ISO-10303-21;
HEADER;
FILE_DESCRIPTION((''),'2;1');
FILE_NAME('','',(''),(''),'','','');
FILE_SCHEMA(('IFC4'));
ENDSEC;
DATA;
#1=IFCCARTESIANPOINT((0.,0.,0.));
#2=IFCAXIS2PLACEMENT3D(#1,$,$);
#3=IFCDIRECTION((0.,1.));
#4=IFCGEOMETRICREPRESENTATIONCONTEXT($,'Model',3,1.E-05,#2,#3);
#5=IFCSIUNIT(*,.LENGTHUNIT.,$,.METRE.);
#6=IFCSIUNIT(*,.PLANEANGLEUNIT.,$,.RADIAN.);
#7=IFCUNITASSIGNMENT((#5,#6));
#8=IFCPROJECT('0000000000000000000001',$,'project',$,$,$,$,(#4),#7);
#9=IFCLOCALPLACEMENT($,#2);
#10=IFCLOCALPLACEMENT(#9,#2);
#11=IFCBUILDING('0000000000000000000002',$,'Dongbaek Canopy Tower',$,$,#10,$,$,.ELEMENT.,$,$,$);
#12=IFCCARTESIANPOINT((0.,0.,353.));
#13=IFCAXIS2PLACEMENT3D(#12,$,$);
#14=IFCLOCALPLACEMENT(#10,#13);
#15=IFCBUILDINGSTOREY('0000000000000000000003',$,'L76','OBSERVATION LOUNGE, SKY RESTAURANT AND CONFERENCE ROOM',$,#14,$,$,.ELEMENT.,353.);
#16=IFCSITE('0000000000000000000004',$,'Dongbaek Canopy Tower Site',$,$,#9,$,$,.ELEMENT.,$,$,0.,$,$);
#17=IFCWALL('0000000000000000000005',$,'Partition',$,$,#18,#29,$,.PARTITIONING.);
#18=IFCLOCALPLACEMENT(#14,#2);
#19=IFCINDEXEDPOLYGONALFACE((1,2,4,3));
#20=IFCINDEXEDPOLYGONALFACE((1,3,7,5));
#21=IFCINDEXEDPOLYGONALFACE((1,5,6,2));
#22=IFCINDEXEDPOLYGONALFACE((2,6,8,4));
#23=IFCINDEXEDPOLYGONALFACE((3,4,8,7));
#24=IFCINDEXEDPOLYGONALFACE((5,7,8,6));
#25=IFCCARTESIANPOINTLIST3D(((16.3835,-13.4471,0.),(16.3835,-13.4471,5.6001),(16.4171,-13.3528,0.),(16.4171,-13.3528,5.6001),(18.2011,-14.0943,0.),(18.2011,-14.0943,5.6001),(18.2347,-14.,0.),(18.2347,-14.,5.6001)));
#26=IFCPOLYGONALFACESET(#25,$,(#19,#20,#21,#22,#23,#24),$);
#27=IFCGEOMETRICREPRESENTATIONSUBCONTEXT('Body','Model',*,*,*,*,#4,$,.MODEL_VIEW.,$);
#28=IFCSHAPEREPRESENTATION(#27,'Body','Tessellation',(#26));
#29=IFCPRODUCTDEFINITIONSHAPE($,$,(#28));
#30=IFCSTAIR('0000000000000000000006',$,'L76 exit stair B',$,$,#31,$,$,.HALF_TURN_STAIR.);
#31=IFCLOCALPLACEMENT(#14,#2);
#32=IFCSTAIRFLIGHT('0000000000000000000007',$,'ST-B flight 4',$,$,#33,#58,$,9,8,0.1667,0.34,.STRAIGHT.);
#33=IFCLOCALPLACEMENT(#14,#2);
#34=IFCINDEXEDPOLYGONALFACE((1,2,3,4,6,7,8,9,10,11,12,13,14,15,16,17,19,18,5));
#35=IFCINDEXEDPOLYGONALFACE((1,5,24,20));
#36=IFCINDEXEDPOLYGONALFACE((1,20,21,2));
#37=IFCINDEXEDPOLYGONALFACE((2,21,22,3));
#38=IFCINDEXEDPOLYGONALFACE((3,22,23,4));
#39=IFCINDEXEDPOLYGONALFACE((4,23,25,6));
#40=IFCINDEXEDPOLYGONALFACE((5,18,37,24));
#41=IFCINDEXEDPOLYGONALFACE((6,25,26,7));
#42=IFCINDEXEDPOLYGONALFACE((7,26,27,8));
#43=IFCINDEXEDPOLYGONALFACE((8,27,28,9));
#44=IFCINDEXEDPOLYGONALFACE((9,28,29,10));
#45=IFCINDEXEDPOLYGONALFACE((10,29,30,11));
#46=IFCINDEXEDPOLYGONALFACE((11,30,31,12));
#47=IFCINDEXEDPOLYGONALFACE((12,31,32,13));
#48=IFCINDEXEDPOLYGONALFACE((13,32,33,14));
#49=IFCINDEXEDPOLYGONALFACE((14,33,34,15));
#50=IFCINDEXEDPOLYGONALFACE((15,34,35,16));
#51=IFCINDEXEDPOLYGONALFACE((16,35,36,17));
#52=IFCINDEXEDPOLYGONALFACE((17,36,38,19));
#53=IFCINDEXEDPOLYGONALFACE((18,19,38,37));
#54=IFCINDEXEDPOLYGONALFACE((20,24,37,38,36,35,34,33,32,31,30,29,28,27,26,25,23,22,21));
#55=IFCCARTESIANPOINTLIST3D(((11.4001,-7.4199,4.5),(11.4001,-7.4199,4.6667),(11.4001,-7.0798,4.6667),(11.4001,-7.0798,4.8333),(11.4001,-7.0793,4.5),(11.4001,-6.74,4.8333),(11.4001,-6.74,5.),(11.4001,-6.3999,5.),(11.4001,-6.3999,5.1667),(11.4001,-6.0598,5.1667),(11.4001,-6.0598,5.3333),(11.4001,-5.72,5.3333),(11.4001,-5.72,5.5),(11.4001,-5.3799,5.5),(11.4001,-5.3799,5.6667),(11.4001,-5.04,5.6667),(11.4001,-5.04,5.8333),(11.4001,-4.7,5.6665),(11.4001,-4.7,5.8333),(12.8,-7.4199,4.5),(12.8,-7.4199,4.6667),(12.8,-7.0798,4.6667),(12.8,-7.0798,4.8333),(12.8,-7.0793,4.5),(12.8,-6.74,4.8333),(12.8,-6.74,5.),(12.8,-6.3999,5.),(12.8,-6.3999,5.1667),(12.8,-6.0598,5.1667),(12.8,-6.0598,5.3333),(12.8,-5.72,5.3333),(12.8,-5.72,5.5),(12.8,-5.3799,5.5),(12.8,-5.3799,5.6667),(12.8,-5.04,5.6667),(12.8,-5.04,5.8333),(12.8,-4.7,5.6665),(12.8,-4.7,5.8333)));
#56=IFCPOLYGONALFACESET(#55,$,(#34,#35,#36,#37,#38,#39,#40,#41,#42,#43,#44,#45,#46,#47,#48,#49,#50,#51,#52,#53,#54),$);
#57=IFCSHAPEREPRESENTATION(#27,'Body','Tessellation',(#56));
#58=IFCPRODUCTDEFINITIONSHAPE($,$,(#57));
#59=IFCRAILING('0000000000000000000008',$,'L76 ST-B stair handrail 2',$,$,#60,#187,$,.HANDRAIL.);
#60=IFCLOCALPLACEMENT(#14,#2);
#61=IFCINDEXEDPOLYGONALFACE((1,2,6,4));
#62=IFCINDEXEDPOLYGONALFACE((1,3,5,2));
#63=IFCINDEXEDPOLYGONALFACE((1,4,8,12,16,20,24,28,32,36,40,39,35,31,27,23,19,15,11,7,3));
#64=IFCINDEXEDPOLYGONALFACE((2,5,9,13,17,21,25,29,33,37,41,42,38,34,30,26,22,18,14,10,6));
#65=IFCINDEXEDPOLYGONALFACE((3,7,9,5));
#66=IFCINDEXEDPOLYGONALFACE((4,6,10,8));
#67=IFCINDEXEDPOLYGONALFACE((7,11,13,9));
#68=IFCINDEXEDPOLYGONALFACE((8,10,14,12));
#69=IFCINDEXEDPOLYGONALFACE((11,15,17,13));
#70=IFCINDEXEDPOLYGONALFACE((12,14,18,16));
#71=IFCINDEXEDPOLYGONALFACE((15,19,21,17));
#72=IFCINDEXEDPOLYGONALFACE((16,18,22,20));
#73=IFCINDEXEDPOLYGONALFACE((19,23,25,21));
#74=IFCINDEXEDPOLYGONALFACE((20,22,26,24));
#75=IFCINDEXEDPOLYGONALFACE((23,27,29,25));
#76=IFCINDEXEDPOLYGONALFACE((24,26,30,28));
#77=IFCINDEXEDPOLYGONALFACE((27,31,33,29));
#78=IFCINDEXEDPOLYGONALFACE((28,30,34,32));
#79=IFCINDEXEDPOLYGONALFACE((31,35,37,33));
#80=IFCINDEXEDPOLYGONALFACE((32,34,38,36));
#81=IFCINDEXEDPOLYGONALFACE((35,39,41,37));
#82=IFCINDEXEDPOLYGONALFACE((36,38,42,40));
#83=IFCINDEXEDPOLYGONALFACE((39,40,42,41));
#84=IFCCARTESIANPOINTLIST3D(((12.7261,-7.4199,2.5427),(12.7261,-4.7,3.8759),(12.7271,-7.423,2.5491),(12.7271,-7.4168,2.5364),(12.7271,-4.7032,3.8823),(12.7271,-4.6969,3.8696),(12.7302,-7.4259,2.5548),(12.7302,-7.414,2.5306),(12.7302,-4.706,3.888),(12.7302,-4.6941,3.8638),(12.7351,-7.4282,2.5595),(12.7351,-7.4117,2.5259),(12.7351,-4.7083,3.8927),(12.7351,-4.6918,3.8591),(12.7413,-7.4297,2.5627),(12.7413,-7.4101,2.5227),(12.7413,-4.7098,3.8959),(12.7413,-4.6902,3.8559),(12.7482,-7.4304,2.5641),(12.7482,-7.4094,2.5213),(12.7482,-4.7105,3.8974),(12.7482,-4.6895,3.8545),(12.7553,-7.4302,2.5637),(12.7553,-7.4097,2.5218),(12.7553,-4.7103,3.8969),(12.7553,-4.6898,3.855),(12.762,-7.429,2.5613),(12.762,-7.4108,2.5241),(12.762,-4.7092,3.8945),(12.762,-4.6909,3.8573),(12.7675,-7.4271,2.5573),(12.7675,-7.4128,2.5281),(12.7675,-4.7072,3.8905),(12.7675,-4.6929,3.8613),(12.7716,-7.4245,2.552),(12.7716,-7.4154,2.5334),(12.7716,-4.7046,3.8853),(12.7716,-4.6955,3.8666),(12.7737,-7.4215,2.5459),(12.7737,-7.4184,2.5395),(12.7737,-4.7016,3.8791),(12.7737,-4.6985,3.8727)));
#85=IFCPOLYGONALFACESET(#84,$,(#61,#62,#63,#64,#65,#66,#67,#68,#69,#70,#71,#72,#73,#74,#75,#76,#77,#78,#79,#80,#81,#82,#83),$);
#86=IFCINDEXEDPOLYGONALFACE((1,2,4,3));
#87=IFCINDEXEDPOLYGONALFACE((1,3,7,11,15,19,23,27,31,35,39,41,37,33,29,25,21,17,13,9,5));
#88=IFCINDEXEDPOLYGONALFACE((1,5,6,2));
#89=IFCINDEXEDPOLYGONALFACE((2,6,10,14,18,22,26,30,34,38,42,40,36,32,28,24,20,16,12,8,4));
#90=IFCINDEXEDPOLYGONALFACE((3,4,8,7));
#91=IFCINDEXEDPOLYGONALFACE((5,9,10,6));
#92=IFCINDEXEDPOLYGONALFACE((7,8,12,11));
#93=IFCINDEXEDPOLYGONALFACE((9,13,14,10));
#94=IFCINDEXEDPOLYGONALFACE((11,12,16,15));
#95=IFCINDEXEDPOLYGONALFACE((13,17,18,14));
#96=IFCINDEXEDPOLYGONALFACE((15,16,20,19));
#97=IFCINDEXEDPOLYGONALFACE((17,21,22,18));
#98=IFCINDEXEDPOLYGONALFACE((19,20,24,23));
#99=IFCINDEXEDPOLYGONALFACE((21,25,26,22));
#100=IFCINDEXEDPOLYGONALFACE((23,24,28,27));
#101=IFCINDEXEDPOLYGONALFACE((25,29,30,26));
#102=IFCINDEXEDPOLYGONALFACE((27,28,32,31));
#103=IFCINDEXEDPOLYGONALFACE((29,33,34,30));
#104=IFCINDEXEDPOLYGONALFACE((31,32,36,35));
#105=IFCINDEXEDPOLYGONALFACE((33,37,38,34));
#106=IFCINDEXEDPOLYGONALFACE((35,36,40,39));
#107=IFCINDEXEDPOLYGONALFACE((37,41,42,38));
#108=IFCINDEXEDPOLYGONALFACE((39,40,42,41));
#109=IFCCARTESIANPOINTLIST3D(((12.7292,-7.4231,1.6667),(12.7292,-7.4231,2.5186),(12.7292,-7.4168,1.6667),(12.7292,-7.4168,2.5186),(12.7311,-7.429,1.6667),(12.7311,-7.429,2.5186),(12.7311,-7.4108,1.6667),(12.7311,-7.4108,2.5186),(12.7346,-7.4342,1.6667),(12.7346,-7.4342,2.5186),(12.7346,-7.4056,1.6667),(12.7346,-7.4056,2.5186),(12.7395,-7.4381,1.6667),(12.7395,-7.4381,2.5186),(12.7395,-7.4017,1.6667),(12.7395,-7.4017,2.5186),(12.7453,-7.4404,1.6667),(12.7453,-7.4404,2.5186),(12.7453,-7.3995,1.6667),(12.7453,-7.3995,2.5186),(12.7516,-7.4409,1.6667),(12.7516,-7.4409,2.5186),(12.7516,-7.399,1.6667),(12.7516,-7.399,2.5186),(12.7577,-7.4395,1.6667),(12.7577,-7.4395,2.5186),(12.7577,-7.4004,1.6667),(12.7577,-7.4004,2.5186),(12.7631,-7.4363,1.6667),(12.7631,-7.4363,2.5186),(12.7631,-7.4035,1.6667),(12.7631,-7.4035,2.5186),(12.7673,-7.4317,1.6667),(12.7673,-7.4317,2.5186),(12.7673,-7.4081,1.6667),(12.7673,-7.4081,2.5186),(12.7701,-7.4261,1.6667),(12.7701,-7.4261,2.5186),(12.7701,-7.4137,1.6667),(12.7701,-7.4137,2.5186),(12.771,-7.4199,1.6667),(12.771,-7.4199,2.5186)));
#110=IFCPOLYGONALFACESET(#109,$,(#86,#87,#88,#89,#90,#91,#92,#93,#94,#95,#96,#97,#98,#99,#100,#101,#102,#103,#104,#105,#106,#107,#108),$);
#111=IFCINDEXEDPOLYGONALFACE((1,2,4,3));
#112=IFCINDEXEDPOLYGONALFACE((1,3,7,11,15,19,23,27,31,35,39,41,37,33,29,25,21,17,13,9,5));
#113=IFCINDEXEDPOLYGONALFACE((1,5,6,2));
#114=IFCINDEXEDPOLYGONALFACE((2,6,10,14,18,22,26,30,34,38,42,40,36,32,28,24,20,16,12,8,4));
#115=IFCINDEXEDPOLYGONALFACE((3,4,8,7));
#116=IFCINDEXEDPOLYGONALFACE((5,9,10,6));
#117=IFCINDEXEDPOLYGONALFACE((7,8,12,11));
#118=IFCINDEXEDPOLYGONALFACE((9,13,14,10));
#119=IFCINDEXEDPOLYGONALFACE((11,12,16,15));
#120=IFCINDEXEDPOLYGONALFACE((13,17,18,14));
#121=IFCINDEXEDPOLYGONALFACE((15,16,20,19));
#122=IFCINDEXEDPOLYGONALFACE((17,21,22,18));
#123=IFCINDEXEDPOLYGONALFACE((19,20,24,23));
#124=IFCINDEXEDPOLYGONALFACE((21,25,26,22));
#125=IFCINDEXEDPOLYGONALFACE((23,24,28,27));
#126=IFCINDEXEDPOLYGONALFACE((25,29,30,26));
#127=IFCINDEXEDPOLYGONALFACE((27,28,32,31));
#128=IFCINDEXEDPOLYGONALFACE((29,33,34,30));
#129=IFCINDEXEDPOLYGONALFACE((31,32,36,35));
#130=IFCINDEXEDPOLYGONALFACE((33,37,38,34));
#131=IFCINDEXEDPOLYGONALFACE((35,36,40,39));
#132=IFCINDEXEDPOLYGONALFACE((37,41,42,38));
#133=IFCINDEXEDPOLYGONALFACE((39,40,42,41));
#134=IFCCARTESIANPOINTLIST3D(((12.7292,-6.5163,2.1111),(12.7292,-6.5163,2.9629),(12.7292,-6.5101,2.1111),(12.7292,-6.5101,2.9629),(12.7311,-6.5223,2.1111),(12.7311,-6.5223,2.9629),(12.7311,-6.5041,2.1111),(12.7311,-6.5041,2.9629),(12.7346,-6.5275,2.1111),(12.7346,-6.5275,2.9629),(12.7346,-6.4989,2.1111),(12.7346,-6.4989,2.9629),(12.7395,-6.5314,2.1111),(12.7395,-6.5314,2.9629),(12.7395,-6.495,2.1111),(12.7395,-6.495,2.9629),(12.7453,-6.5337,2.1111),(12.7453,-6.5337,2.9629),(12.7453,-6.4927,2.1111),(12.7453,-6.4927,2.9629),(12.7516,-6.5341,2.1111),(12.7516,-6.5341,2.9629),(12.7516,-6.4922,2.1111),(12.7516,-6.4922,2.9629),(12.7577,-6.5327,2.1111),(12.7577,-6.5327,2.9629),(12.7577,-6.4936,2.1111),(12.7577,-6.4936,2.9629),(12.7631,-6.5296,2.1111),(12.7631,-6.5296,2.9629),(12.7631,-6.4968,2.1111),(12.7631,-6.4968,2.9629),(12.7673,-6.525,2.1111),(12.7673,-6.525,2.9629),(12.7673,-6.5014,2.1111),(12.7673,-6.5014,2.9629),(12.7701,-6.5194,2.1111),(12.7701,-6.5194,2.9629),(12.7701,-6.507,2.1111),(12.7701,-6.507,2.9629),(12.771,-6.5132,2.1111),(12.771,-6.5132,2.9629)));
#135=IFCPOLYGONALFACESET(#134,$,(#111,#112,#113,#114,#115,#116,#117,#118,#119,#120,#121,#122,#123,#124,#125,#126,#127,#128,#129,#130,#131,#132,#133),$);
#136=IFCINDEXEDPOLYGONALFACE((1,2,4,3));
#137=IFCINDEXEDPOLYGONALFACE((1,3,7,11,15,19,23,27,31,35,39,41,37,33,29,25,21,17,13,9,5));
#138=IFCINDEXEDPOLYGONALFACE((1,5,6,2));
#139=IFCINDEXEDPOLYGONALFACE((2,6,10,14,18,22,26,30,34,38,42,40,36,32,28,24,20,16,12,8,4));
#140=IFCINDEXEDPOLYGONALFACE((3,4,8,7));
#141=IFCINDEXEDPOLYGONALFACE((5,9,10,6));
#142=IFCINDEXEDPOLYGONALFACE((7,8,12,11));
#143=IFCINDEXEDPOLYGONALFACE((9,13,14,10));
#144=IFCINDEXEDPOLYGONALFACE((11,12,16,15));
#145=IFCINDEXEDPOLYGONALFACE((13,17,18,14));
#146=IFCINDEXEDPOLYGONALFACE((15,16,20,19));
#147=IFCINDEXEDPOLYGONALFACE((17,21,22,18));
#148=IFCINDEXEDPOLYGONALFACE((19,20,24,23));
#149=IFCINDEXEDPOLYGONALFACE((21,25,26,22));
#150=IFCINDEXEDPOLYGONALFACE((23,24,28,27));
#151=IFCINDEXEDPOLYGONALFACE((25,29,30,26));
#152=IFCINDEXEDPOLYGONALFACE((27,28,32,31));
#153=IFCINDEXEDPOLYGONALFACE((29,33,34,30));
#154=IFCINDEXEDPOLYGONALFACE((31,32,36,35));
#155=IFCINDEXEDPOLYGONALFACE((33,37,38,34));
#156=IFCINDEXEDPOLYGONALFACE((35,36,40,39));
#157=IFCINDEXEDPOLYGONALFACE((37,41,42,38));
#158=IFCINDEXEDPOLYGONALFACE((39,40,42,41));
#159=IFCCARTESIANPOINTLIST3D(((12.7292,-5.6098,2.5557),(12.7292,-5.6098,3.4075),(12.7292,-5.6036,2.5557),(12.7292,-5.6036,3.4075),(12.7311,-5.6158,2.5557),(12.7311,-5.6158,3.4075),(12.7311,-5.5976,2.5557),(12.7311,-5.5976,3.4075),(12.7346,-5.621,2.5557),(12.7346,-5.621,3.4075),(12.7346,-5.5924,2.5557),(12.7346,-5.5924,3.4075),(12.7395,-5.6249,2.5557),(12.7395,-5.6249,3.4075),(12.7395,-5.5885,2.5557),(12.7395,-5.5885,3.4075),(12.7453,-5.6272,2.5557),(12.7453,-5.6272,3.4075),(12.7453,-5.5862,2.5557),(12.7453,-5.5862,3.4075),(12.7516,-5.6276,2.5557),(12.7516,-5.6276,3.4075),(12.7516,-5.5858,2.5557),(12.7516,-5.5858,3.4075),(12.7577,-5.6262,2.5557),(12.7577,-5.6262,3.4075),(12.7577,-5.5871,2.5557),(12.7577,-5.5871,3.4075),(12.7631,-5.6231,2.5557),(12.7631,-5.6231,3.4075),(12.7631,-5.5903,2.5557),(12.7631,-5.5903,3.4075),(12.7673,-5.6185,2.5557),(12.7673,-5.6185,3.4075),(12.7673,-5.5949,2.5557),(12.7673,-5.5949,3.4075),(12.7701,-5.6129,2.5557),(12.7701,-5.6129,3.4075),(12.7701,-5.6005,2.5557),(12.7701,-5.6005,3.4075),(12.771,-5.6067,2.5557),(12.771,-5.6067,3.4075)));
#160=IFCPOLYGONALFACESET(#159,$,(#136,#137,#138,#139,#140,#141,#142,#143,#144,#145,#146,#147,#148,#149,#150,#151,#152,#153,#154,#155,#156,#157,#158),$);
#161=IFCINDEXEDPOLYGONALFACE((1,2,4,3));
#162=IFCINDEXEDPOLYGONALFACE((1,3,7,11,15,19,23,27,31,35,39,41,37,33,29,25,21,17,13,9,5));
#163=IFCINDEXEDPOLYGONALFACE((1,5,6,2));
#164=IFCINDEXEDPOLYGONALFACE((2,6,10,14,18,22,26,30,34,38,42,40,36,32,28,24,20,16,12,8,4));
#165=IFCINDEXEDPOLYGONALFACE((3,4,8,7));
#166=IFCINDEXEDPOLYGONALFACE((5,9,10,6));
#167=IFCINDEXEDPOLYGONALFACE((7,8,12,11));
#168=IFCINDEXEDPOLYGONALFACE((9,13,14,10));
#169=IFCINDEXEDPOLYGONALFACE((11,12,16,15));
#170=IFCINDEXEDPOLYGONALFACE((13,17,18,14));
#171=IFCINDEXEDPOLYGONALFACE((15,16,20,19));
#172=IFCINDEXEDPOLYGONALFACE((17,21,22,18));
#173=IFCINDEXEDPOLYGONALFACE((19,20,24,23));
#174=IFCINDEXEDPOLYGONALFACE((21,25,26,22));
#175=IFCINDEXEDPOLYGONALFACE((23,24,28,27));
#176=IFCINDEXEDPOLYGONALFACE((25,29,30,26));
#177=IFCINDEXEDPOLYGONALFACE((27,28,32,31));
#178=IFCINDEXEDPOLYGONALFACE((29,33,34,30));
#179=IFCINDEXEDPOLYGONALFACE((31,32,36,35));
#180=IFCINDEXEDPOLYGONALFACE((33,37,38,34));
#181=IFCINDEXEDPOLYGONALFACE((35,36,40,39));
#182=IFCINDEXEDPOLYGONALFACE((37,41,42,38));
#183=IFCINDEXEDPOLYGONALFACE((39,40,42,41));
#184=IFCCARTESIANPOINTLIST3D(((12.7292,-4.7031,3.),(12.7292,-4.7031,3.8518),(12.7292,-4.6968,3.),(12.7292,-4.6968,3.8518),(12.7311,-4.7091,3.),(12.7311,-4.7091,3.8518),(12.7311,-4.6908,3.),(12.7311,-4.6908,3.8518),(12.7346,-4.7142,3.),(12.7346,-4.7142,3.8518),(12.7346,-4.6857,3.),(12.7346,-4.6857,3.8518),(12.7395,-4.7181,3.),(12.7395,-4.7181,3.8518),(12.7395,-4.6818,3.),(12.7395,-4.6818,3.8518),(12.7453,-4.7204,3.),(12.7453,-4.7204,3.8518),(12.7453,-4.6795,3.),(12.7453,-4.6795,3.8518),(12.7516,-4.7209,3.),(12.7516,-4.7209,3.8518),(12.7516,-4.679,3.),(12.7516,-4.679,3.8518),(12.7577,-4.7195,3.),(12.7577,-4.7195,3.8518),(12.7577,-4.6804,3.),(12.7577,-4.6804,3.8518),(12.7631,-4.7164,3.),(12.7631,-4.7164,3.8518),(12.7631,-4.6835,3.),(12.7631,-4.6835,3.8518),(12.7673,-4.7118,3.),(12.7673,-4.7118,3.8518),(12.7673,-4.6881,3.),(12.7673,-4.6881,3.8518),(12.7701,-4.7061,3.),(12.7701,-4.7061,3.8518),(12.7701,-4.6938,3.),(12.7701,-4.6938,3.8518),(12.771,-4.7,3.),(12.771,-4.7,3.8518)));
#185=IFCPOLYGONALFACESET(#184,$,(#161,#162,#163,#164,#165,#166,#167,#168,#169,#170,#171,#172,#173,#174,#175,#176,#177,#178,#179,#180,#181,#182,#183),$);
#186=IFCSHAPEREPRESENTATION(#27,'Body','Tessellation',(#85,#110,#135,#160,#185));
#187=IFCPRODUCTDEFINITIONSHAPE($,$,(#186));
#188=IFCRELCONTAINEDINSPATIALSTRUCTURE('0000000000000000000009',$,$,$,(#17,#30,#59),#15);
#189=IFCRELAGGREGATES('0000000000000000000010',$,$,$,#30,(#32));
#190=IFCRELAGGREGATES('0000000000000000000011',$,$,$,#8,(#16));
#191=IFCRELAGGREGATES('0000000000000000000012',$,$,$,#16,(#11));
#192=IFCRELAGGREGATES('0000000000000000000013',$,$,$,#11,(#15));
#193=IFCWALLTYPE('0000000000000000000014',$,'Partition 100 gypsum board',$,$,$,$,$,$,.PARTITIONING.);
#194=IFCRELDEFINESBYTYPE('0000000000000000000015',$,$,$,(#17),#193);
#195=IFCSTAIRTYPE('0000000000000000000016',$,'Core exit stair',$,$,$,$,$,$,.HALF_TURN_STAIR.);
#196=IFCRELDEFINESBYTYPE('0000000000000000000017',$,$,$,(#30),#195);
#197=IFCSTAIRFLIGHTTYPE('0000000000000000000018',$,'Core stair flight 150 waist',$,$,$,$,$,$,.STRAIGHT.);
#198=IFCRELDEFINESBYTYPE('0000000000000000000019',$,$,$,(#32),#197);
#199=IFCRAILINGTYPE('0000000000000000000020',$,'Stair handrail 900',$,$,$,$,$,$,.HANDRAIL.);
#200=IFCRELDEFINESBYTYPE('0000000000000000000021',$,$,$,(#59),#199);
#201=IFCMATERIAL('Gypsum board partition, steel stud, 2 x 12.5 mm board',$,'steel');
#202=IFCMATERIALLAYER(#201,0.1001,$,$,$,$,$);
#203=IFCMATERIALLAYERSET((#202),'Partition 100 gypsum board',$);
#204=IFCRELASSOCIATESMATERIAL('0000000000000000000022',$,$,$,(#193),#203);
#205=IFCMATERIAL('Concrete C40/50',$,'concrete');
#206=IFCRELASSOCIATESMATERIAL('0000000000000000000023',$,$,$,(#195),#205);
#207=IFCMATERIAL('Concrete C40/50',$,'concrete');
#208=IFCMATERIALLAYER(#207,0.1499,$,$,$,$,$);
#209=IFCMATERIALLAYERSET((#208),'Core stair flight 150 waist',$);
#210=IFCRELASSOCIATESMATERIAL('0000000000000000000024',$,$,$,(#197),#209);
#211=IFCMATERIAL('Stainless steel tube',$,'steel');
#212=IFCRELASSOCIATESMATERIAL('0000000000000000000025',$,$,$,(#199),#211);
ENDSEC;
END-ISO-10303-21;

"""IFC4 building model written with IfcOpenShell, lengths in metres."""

from ifc_helpers import new_model, si_unit, direction, frame, frame_2d, origin, origin_2d, place, context, subcontext, project, spatial, polyline, rectangle, circle, outline, extrude, material, layer, layer_set, type_object, element, aggregate, save


model = new_model("IFC4")

# Units and contexts
model_context = context("Model", 3, precision=1e-05, world=origin(), true_north=direction((0.0, 1.0)))
body_context = subcontext(model_context, "Body", "Model", "MODEL_VIEW")
ifc_project = project(units=[si_unit("LENGTHUNIT", "METRE"), si_unit("PLANEANGLEUNIT", "RADIAN")], contexts=[model_context])

# Site, building, storey
site_placement = place(None, origin())
site = spatial("IfcSite", under=ifc_project, at=site_placement, Name="Dongbaek Canopy Tower Site", CompositionType="ELEMENT", RefElevation=0.0)
building_placement = place(site_placement, origin())
building = spatial("IfcBuilding", under=site, at=building_placement, Name="Dongbaek Canopy Tower", CompositionType="ELEMENT")
storey_placement = place(building_placement, frame((0.0, 0.0, 353.0)))
storey = spatial("IfcBuildingStorey", under=building, at=storey_placement, Name="L76", Description="OBSERVATION LOUNGE, SKY RESTAURANT AND CONFERENCE ROOM", CompositionType="ELEMENT", Elevation=353.0)

# Wall
ifc_material_1 = material(Name="Gypsum board partition, steel stud, 2 x 12.5 mm board", Category="steel")
ifc_layer_1 = layer(ifc_material_1, 0.1001)
ifc_layer_set_1 = layer_set([ifc_layer_1], Name="Partition 100 gypsum board")
wall_type_1 = type_object("IfcWallType", Name="Partition 100 gypsum board", PredefinedType="PARTITIONING", material=ifc_layer_set_1)
wall_1_placement = place(storey_placement, frame((16.4001, -13.3999, 0.0), z_axis=(0.0, 0.0, 1.0), x_axis=(0.942059, -0.335446, 0.0)))
element("IfcWall", 1, at=wall_1_placement, inside=storey, type_object=wall_type_1, Name="Partition", PredefinedType="PARTITIONING", context=body_context, shape_type="SweptSolid", body=[
    extrude(rectangle(XDim=1.9294, YDim=0.1001, at=frame_2d((0.9648, 0.0))), origin(), (0.0, 0.0, 1.0), 5.6001),
])

# Stair, stair flight
ifc_material_2 = material(Name="Concrete C40/50", Category="concrete")
stair_type = type_object("IfcStairType", Name="Core exit stair", PredefinedType="HALF_TURN_STAIR", material=ifc_material_2)
stair_placement = place(storey_placement, origin())
stair = element("IfcStair", 2, at=stair_placement, inside=storey, type_object=stair_type, Name="L76 exit stair B", PredefinedType="HALF_TURN_STAIR")
ifc_material_3 = material(Name="Concrete C40/50", Category="concrete")
ifc_layer_2 = layer(ifc_material_3, 0.1499)
ifc_layer_set_2 = layer_set([ifc_layer_2], Name="Core stair flight 150 waist")
stair_flight_type = type_object("IfcStairFlightType", Name="Core stair flight 150 waist", PredefinedType="STRAIGHT", material=ifc_layer_set_2)
stair_flight_placement = place(storey_placement, frame((12.1001, -7.4199, 4.5), z_axis=(0.0, 0.0, 1.0), x_axis=(0.0, 1.0, 0.0)))
stair_flight = element("IfcStairFlight", 3, at=stair_flight_placement, type_object=stair_flight_type, Name="ST-B flight 4", NumberOfRisers=9, NumberOfTreads=8, PredefinedType="STRAIGHT", RiserHeight=0.1667, TreadLength=0.34, context=body_context, shape_type="SweptSolid", body=[
    extrude(outline(polyline([(0.0, 0.0), (0.0, 0.1667), (0.3401, 0.1667), (0.3401, 0.3333), (0.6799, 0.3333), (0.6799, 0.5), (1.02, 0.5), (1.02, 0.6667), (1.3601, 0.6667), (1.3601, 0.8333), (1.7, 0.8333), (1.7, 1.0), (2.04, 1.0), (2.04, 1.1667), (2.3799, 1.1667), (2.3799, 1.3333), (2.72, 1.3333), (2.72, 1.5), (2.72, 1.1665), (0.3406, 0.0), (0.0, 0.0)])), frame((0.0, 0.7, 0.0), z_axis=(0.0, -1.0, 0.0), x_axis=(1.0, 0.0, 0.0)), (0.0, 0.0, 1.0), 1.3999),
])
aggregate(stair, [stair_flight])

# Railing
ifc_material_4 = material(Name="Stainless steel tube", Category="steel")
railing_type = type_object("IfcRailingType", Name="Stair handrail 900", PredefinedType="HANDRAIL", material=ifc_material_4)
for number, where, name in (
    (4, (12.75, -7.4199, 1.6667), "L76 ST-B stair handrail 2"),
):
    element("IfcRailing", number, at=place(storey_placement, frame(where)), inside=storey, type_object=railing_type, Name=name, PredefinedType="HANDRAIL", context=body_context, shape_type="SweptSolid", body=[
        extrude(circle(Radius=0.0239, at=origin_2d()), frame((0.0, 0.0, 0.876), z_axis=(0.0, 0.897929, 0.440139), x_axis=(-1.0, 0.0, 0.0)), (0.0, 0.0, 1.0), 3.0291),
        extrude(circle(Radius=0.021, at=origin_2d()), origin(), (0.0, 0.0, 1.0), 0.8518),
        extrude(circle(Radius=0.021, at=origin_2d()), frame((0.0, 0.9067, 0.4443)), (0.0, 0.0, 1.0), 0.8518),
        extrude(circle(Radius=0.021, at=origin_2d()), frame((0.0, 1.8132, 0.8889)), (0.0, 0.0, 1.0), 0.8518),
        extrude(circle(Radius=0.021, at=origin_2d()), frame((0.0, 2.72, 1.3333)), (0.0, 0.0, 1.0), 0.8518),
    ])

save(model, "model.ifc")
